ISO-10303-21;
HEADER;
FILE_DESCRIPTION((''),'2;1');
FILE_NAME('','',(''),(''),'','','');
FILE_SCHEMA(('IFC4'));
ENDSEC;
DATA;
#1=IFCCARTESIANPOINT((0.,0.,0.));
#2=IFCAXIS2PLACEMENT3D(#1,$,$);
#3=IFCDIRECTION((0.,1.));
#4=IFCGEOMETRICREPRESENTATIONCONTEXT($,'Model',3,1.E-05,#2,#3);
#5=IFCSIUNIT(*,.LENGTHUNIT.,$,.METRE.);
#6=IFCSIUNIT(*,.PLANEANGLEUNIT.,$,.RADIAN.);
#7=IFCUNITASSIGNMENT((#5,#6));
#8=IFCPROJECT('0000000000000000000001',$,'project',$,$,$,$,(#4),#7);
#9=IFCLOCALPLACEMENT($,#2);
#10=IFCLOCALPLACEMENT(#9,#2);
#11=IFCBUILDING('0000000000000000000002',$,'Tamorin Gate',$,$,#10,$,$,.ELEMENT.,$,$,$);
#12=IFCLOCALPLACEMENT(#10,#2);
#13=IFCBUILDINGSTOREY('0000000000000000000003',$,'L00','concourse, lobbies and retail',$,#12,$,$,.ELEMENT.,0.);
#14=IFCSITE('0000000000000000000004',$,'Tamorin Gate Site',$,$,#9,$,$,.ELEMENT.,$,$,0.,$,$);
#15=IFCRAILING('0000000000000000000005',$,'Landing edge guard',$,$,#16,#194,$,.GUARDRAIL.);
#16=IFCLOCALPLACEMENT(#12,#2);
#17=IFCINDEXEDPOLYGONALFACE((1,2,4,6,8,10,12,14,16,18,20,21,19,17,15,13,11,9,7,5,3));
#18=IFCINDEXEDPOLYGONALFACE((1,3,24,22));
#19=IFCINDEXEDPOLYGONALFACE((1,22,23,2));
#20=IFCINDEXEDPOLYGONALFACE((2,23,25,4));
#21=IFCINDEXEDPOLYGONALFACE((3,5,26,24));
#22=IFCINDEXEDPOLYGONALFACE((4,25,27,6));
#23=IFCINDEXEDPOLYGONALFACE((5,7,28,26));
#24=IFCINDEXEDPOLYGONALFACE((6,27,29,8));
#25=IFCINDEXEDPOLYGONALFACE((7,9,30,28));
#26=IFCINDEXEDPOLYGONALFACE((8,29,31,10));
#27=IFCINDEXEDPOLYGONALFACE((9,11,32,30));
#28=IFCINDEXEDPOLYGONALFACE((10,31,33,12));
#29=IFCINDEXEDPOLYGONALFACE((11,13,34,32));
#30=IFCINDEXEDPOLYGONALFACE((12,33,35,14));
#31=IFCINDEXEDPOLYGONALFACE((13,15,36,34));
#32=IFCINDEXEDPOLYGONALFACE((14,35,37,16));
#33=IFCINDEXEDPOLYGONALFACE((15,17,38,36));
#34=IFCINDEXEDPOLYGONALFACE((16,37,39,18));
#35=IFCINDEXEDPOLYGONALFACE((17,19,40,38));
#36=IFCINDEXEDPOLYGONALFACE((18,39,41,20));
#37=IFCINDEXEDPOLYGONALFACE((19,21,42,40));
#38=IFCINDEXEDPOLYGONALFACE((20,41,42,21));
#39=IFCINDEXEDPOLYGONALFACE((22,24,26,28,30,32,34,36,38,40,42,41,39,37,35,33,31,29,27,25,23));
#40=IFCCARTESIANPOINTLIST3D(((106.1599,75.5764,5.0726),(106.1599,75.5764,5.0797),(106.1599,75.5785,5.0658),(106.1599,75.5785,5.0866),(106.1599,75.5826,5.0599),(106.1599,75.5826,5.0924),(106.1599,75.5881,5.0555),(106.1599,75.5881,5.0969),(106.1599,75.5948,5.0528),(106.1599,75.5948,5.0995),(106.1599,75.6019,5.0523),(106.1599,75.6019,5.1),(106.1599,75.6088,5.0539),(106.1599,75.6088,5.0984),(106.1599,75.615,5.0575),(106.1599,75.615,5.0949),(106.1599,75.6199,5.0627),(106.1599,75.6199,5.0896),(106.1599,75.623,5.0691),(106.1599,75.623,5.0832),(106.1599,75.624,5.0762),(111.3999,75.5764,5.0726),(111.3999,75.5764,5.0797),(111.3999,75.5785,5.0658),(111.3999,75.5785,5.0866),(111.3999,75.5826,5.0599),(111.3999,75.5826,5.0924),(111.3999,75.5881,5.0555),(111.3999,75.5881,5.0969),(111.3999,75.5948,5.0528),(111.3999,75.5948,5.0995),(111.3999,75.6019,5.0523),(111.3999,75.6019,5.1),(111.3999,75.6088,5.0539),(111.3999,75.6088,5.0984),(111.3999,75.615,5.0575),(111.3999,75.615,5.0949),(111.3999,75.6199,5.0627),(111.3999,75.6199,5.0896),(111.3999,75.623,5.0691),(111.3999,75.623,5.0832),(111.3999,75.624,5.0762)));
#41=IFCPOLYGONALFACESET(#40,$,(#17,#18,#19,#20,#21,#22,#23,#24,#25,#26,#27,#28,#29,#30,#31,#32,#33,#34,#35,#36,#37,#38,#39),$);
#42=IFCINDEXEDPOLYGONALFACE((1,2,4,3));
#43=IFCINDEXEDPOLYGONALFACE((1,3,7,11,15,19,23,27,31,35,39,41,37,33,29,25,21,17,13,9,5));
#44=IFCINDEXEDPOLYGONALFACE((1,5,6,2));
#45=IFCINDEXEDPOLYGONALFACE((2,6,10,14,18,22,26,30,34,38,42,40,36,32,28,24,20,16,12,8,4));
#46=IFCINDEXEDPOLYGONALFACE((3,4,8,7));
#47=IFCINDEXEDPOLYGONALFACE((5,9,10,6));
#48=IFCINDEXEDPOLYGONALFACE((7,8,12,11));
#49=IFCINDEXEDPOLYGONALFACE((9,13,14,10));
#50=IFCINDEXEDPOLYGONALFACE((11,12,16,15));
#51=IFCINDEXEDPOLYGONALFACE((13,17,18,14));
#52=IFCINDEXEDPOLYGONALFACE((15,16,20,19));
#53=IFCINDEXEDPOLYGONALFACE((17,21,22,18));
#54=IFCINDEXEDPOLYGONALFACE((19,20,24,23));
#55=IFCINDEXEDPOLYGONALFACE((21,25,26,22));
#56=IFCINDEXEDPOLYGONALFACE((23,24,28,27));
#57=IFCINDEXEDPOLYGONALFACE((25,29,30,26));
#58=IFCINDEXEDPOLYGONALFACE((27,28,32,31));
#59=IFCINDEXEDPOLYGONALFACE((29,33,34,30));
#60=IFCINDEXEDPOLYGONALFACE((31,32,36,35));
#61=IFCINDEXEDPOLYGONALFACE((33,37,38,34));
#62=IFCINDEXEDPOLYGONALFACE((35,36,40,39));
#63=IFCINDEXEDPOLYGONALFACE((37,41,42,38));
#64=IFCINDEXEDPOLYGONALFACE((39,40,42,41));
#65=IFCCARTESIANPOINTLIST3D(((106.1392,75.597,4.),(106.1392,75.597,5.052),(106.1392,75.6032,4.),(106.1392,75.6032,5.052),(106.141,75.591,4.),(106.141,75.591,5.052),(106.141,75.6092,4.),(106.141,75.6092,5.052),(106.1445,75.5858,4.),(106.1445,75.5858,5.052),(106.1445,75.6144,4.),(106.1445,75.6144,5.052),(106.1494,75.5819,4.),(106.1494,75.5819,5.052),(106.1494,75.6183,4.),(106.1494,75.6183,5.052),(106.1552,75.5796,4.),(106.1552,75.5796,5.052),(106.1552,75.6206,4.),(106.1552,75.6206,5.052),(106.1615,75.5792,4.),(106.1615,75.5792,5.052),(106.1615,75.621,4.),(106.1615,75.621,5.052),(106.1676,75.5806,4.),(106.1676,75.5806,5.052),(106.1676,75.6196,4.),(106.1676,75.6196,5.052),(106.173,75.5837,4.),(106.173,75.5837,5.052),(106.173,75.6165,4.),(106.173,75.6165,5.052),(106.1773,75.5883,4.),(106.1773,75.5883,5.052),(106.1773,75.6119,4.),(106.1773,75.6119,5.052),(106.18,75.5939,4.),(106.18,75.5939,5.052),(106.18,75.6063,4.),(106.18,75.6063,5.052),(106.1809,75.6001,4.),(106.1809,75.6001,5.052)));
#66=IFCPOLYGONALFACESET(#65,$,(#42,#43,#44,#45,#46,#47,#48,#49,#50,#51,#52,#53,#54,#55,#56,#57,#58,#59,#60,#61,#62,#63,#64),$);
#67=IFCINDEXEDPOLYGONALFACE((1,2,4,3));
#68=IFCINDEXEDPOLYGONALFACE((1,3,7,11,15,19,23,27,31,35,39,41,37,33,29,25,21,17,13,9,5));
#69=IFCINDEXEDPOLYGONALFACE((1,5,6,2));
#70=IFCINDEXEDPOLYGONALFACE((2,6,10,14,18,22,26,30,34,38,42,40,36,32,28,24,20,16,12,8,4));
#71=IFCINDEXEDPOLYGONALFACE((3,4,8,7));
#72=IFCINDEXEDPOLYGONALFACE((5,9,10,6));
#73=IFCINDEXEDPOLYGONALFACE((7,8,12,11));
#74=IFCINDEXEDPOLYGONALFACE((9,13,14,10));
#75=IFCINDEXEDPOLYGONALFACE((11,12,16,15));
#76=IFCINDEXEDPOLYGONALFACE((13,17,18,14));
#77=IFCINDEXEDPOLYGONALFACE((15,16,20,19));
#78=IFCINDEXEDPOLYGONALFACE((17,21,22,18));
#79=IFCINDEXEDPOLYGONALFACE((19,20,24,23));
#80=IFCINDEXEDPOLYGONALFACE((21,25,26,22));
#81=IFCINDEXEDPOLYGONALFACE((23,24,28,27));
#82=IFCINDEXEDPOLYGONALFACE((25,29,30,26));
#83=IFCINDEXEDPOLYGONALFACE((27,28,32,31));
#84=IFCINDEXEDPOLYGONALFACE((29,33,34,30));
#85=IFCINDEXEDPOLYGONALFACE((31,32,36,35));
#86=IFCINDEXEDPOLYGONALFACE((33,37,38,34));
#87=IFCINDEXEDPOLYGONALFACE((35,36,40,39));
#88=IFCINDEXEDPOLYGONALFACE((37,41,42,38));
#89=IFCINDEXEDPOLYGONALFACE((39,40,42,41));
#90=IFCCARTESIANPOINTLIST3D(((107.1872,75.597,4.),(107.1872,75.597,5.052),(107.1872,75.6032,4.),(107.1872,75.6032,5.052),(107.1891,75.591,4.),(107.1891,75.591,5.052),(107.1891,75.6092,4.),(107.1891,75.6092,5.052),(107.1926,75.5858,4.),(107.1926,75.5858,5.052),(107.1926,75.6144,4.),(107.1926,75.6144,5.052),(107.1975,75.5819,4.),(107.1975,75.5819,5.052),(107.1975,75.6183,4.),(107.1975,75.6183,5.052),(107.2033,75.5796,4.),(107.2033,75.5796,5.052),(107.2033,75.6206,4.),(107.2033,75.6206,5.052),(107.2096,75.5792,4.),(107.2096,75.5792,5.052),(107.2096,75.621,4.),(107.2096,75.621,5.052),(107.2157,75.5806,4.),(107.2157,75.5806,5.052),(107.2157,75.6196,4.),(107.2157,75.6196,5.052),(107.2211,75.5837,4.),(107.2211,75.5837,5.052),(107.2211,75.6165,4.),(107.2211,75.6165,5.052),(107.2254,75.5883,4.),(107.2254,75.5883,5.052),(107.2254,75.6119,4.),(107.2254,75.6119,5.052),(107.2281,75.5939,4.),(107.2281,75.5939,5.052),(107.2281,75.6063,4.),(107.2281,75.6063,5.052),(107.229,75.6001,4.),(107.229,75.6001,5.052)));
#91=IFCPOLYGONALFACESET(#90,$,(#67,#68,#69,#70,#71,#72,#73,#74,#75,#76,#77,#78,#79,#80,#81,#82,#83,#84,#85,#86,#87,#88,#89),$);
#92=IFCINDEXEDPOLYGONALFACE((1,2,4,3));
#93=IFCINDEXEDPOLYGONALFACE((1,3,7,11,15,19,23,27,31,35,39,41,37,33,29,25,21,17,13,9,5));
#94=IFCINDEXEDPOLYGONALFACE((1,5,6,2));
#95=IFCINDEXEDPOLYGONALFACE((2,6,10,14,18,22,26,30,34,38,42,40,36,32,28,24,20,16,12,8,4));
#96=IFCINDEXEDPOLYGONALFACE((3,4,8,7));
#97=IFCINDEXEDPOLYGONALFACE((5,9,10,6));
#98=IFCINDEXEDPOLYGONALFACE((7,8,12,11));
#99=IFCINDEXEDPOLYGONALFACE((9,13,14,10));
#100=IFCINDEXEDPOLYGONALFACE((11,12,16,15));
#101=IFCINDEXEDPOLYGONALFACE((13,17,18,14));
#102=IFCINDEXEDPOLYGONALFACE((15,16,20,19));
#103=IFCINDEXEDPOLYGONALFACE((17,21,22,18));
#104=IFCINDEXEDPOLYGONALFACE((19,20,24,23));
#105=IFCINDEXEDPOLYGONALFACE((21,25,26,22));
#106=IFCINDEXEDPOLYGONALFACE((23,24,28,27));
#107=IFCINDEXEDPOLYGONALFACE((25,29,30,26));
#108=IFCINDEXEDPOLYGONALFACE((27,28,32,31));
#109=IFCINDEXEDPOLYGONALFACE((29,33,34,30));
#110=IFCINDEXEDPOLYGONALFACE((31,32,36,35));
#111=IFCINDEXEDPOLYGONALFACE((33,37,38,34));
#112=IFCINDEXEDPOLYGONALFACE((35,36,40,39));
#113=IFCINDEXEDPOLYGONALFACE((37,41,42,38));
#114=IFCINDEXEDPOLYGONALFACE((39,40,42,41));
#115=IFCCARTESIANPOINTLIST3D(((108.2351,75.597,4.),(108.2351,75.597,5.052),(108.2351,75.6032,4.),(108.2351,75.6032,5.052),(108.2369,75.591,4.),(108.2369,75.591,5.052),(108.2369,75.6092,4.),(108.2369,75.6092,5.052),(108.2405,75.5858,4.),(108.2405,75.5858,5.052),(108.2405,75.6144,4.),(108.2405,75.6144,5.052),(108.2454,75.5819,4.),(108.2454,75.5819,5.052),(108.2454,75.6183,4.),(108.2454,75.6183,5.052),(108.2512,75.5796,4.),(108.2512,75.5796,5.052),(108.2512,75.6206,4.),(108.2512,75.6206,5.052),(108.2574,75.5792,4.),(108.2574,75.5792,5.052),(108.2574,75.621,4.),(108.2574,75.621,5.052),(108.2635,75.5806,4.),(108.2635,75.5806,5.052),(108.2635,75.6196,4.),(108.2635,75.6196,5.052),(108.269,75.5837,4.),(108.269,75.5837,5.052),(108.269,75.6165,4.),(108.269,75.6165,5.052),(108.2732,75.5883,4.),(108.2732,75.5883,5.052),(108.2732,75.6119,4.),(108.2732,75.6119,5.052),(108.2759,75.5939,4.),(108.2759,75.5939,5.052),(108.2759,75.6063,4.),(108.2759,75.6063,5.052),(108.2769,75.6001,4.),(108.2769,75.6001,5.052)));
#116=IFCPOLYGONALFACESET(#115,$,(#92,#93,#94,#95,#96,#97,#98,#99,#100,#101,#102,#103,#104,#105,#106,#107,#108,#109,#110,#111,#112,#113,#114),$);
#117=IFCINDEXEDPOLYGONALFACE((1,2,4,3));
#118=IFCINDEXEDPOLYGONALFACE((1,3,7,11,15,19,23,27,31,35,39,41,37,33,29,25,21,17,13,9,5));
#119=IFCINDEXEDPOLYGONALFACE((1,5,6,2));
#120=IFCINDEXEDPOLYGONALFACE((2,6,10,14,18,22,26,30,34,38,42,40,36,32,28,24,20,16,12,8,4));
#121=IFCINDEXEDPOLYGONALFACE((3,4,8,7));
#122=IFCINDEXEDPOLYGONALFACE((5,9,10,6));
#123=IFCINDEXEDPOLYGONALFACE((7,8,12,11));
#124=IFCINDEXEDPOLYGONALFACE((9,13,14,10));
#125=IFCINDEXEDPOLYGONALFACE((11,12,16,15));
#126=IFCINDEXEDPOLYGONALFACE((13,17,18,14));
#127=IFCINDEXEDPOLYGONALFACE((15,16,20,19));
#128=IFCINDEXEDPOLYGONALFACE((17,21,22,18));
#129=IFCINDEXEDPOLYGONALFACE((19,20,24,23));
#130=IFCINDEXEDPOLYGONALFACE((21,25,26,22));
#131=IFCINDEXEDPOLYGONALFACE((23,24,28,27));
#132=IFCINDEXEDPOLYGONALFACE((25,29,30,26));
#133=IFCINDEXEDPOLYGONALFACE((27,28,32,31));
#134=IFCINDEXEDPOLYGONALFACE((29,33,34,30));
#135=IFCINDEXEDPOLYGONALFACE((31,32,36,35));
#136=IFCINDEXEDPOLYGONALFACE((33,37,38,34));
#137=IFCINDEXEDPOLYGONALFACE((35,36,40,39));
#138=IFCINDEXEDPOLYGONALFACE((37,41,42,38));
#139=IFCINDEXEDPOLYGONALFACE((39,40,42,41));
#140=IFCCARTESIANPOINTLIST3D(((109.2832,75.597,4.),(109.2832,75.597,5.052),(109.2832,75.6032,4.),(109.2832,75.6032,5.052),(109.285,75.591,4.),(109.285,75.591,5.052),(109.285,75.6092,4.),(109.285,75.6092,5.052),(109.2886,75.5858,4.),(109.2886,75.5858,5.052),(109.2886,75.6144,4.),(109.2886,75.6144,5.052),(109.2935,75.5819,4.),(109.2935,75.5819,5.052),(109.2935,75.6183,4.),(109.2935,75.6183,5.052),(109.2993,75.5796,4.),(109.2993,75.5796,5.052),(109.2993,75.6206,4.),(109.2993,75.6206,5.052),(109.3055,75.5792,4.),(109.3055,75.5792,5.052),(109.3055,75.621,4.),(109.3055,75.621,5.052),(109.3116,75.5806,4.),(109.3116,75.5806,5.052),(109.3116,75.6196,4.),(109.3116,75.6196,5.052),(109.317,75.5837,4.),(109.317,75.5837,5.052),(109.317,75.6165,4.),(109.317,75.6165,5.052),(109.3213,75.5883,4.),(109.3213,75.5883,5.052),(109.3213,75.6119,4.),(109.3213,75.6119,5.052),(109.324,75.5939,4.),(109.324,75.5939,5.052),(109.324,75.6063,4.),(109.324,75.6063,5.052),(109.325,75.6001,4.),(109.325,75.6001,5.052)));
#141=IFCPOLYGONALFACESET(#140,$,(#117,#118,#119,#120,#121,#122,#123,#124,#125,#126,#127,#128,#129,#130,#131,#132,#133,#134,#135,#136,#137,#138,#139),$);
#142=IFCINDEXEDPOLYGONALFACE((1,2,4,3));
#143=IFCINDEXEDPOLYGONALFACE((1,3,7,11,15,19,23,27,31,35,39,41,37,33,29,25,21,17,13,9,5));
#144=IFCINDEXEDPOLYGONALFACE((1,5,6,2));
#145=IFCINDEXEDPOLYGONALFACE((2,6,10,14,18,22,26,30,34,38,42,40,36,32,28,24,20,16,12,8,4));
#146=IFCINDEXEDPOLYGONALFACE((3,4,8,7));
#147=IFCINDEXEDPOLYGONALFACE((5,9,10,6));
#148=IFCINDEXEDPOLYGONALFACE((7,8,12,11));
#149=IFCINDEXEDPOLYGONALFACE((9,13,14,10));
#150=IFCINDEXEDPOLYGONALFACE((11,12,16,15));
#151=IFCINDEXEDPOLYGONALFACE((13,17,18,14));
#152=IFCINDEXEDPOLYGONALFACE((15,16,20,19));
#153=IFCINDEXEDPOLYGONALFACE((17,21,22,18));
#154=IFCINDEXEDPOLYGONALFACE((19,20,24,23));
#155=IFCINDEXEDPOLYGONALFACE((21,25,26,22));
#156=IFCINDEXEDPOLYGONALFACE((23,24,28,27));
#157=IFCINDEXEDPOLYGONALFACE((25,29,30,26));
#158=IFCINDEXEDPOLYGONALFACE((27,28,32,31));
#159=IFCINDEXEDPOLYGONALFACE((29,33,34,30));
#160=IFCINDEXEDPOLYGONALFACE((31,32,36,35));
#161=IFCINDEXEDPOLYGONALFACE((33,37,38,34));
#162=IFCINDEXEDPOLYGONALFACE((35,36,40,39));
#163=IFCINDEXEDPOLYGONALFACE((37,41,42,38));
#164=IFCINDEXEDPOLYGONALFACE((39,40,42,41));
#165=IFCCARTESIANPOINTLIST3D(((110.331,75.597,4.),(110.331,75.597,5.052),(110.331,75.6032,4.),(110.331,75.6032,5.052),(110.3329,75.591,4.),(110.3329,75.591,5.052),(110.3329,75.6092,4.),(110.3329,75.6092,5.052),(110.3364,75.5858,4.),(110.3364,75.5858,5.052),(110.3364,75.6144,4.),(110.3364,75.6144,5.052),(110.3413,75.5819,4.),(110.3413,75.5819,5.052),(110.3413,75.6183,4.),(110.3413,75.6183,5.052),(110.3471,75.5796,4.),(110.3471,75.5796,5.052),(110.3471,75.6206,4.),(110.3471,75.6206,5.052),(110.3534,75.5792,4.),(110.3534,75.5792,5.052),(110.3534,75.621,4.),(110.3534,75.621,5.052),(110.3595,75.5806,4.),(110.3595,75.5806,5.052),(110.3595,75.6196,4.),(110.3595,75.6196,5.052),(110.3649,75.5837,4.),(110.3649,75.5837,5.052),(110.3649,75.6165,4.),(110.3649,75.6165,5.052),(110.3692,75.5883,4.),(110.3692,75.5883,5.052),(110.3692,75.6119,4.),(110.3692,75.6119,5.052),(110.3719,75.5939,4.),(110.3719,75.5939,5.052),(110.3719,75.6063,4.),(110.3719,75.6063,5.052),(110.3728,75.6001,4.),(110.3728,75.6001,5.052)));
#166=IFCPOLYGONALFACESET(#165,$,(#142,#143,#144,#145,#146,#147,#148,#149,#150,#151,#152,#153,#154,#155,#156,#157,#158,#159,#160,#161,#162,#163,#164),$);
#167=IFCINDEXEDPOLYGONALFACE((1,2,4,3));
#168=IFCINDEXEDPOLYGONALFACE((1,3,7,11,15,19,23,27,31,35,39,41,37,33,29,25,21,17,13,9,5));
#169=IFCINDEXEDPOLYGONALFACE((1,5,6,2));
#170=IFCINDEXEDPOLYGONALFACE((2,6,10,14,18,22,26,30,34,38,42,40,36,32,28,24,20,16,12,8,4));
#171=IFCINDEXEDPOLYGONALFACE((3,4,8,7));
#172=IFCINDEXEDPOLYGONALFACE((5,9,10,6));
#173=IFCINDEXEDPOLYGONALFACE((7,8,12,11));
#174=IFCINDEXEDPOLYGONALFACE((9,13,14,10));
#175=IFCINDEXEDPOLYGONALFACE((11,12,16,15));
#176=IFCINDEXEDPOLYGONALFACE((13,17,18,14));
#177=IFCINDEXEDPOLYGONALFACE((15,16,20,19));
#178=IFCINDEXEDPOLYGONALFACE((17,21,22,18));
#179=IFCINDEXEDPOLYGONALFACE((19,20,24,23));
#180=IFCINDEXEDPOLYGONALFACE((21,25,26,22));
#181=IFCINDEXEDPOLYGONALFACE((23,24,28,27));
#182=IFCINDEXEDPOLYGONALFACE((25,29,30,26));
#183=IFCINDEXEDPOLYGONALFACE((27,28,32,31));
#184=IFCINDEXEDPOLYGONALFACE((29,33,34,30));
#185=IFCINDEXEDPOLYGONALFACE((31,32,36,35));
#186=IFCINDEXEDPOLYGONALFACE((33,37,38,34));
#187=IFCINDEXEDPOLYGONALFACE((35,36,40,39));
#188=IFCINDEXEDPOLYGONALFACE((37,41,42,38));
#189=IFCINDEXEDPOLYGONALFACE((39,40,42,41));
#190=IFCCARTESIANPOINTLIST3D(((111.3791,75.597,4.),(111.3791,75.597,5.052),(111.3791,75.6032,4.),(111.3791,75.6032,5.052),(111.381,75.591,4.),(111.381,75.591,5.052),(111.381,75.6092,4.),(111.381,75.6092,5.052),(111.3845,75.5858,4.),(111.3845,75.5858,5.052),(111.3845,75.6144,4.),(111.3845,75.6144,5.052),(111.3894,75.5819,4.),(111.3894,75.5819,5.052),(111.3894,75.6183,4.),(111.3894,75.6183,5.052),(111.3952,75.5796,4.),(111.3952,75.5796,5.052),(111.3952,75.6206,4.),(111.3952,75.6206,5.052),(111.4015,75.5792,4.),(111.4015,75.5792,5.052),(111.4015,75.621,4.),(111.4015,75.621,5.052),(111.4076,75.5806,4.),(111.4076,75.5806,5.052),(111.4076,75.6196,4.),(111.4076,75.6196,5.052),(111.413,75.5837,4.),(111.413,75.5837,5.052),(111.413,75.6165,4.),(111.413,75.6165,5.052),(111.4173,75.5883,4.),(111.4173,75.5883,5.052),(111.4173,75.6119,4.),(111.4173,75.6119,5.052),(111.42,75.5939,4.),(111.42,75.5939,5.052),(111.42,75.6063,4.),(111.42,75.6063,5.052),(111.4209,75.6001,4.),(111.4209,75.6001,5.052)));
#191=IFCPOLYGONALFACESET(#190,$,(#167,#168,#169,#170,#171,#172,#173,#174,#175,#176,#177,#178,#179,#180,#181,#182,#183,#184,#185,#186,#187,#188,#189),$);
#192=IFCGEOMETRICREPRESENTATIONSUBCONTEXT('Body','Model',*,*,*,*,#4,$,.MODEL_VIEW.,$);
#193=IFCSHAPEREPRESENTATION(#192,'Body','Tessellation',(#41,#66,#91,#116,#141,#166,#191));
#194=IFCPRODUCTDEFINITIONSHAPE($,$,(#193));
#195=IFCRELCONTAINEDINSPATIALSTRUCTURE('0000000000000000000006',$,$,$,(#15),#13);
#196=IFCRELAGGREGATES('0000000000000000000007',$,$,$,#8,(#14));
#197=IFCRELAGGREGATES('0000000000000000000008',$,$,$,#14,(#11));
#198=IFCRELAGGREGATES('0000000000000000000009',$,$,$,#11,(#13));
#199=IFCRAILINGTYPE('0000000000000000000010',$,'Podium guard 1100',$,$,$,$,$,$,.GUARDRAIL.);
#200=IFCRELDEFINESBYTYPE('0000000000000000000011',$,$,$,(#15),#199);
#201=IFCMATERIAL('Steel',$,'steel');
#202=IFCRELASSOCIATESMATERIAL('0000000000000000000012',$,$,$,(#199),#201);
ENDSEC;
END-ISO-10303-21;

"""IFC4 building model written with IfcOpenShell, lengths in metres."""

from ifc_helpers import new_model, si_unit, direction, frame, origin, origin_2d, place, context, subcontext, project, spatial, circle, extrude, material, type_object, element, save


model = new_model("IFC4")

# Units and contexts
model_context = context("Model", 3, precision=1e-05, world=origin(), true_north=direction((0.0, 1.0)))
body_context = subcontext(model_context, "Body", "Model", "MODEL_VIEW")
ifc_project = project(units=[si_unit("LENGTHUNIT", "METRE"), si_unit("PLANEANGLEUNIT", "RADIAN")], contexts=[model_context])

# Site, building, storey
site_placement = place(None, origin())
site = spatial("IfcSite", under=ifc_project, at=site_placement, Name="Tamorin Gate Site", CompositionType="ELEMENT", RefElevation=0.0)
building_placement = place(site_placement, origin())
building = spatial("IfcBuilding", under=site, at=building_placement, Name="Tamorin Gate", CompositionType="ELEMENT")
storey_placement = place(building_placement, origin())
storey = spatial("IfcBuildingStorey", under=building, at=storey_placement, Name="L00", Description="concourse, lobbies and retail", CompositionType="ELEMENT", Elevation=0.0)

# Railing
ifc_material_1 = material(Name="Steel", Category="steel")
railing_type_1 = type_object("IfcRailingType", Name="Podium guard 1100", PredefinedType="GUARDRAIL", material=ifc_material_1)
railing_1_placement = place(storey_placement, frame((106.1599, 75.6001, 4.0)))
element("IfcRailing", 1, at=railing_1_placement, inside=storey, type_object=railing_type_1, Name="Landing edge guard", PredefinedType="GUARDRAIL", context=body_context, shape_type="SweptSolid", body=[
    extrude(circle(Radius=0.0239, at=origin_2d()), frame((0.0, 0.0, 1.0762), z_axis=(1.0, 0.0, 0.0), x_axis=(0.0, 1.0, 0.0)), (0.0, 0.0, 1.0), 5.24),
    extrude(circle(Radius=0.021, at=origin_2d()), origin(), (0.0, 0.0, 1.0), 1.052),
    extrude(circle(Radius=0.021, at=origin_2d()), frame((1.0481, 0.0, 0.0)), (0.0, 0.0, 1.0), 1.052),
    extrude(circle(Radius=0.021, at=origin_2d()), frame((2.0959, 0.0, 0.0)), (0.0, 0.0, 1.0), 1.052),
    extrude(circle(Radius=0.021, at=origin_2d()), frame((3.144, 0.0, 0.0)), (0.0, 0.0, 1.0), 1.052),
    extrude(circle(Radius=0.021, at=origin_2d()), frame((4.1919, 0.0, 0.0)), (0.0, 0.0, 1.0), 1.052),
    extrude(circle(Radius=0.021, at=origin_2d()), frame((5.24, 0.0, 0.0)), (0.0, 0.0, 1.0), 1.052),
])

save(model, "model.ifc")
